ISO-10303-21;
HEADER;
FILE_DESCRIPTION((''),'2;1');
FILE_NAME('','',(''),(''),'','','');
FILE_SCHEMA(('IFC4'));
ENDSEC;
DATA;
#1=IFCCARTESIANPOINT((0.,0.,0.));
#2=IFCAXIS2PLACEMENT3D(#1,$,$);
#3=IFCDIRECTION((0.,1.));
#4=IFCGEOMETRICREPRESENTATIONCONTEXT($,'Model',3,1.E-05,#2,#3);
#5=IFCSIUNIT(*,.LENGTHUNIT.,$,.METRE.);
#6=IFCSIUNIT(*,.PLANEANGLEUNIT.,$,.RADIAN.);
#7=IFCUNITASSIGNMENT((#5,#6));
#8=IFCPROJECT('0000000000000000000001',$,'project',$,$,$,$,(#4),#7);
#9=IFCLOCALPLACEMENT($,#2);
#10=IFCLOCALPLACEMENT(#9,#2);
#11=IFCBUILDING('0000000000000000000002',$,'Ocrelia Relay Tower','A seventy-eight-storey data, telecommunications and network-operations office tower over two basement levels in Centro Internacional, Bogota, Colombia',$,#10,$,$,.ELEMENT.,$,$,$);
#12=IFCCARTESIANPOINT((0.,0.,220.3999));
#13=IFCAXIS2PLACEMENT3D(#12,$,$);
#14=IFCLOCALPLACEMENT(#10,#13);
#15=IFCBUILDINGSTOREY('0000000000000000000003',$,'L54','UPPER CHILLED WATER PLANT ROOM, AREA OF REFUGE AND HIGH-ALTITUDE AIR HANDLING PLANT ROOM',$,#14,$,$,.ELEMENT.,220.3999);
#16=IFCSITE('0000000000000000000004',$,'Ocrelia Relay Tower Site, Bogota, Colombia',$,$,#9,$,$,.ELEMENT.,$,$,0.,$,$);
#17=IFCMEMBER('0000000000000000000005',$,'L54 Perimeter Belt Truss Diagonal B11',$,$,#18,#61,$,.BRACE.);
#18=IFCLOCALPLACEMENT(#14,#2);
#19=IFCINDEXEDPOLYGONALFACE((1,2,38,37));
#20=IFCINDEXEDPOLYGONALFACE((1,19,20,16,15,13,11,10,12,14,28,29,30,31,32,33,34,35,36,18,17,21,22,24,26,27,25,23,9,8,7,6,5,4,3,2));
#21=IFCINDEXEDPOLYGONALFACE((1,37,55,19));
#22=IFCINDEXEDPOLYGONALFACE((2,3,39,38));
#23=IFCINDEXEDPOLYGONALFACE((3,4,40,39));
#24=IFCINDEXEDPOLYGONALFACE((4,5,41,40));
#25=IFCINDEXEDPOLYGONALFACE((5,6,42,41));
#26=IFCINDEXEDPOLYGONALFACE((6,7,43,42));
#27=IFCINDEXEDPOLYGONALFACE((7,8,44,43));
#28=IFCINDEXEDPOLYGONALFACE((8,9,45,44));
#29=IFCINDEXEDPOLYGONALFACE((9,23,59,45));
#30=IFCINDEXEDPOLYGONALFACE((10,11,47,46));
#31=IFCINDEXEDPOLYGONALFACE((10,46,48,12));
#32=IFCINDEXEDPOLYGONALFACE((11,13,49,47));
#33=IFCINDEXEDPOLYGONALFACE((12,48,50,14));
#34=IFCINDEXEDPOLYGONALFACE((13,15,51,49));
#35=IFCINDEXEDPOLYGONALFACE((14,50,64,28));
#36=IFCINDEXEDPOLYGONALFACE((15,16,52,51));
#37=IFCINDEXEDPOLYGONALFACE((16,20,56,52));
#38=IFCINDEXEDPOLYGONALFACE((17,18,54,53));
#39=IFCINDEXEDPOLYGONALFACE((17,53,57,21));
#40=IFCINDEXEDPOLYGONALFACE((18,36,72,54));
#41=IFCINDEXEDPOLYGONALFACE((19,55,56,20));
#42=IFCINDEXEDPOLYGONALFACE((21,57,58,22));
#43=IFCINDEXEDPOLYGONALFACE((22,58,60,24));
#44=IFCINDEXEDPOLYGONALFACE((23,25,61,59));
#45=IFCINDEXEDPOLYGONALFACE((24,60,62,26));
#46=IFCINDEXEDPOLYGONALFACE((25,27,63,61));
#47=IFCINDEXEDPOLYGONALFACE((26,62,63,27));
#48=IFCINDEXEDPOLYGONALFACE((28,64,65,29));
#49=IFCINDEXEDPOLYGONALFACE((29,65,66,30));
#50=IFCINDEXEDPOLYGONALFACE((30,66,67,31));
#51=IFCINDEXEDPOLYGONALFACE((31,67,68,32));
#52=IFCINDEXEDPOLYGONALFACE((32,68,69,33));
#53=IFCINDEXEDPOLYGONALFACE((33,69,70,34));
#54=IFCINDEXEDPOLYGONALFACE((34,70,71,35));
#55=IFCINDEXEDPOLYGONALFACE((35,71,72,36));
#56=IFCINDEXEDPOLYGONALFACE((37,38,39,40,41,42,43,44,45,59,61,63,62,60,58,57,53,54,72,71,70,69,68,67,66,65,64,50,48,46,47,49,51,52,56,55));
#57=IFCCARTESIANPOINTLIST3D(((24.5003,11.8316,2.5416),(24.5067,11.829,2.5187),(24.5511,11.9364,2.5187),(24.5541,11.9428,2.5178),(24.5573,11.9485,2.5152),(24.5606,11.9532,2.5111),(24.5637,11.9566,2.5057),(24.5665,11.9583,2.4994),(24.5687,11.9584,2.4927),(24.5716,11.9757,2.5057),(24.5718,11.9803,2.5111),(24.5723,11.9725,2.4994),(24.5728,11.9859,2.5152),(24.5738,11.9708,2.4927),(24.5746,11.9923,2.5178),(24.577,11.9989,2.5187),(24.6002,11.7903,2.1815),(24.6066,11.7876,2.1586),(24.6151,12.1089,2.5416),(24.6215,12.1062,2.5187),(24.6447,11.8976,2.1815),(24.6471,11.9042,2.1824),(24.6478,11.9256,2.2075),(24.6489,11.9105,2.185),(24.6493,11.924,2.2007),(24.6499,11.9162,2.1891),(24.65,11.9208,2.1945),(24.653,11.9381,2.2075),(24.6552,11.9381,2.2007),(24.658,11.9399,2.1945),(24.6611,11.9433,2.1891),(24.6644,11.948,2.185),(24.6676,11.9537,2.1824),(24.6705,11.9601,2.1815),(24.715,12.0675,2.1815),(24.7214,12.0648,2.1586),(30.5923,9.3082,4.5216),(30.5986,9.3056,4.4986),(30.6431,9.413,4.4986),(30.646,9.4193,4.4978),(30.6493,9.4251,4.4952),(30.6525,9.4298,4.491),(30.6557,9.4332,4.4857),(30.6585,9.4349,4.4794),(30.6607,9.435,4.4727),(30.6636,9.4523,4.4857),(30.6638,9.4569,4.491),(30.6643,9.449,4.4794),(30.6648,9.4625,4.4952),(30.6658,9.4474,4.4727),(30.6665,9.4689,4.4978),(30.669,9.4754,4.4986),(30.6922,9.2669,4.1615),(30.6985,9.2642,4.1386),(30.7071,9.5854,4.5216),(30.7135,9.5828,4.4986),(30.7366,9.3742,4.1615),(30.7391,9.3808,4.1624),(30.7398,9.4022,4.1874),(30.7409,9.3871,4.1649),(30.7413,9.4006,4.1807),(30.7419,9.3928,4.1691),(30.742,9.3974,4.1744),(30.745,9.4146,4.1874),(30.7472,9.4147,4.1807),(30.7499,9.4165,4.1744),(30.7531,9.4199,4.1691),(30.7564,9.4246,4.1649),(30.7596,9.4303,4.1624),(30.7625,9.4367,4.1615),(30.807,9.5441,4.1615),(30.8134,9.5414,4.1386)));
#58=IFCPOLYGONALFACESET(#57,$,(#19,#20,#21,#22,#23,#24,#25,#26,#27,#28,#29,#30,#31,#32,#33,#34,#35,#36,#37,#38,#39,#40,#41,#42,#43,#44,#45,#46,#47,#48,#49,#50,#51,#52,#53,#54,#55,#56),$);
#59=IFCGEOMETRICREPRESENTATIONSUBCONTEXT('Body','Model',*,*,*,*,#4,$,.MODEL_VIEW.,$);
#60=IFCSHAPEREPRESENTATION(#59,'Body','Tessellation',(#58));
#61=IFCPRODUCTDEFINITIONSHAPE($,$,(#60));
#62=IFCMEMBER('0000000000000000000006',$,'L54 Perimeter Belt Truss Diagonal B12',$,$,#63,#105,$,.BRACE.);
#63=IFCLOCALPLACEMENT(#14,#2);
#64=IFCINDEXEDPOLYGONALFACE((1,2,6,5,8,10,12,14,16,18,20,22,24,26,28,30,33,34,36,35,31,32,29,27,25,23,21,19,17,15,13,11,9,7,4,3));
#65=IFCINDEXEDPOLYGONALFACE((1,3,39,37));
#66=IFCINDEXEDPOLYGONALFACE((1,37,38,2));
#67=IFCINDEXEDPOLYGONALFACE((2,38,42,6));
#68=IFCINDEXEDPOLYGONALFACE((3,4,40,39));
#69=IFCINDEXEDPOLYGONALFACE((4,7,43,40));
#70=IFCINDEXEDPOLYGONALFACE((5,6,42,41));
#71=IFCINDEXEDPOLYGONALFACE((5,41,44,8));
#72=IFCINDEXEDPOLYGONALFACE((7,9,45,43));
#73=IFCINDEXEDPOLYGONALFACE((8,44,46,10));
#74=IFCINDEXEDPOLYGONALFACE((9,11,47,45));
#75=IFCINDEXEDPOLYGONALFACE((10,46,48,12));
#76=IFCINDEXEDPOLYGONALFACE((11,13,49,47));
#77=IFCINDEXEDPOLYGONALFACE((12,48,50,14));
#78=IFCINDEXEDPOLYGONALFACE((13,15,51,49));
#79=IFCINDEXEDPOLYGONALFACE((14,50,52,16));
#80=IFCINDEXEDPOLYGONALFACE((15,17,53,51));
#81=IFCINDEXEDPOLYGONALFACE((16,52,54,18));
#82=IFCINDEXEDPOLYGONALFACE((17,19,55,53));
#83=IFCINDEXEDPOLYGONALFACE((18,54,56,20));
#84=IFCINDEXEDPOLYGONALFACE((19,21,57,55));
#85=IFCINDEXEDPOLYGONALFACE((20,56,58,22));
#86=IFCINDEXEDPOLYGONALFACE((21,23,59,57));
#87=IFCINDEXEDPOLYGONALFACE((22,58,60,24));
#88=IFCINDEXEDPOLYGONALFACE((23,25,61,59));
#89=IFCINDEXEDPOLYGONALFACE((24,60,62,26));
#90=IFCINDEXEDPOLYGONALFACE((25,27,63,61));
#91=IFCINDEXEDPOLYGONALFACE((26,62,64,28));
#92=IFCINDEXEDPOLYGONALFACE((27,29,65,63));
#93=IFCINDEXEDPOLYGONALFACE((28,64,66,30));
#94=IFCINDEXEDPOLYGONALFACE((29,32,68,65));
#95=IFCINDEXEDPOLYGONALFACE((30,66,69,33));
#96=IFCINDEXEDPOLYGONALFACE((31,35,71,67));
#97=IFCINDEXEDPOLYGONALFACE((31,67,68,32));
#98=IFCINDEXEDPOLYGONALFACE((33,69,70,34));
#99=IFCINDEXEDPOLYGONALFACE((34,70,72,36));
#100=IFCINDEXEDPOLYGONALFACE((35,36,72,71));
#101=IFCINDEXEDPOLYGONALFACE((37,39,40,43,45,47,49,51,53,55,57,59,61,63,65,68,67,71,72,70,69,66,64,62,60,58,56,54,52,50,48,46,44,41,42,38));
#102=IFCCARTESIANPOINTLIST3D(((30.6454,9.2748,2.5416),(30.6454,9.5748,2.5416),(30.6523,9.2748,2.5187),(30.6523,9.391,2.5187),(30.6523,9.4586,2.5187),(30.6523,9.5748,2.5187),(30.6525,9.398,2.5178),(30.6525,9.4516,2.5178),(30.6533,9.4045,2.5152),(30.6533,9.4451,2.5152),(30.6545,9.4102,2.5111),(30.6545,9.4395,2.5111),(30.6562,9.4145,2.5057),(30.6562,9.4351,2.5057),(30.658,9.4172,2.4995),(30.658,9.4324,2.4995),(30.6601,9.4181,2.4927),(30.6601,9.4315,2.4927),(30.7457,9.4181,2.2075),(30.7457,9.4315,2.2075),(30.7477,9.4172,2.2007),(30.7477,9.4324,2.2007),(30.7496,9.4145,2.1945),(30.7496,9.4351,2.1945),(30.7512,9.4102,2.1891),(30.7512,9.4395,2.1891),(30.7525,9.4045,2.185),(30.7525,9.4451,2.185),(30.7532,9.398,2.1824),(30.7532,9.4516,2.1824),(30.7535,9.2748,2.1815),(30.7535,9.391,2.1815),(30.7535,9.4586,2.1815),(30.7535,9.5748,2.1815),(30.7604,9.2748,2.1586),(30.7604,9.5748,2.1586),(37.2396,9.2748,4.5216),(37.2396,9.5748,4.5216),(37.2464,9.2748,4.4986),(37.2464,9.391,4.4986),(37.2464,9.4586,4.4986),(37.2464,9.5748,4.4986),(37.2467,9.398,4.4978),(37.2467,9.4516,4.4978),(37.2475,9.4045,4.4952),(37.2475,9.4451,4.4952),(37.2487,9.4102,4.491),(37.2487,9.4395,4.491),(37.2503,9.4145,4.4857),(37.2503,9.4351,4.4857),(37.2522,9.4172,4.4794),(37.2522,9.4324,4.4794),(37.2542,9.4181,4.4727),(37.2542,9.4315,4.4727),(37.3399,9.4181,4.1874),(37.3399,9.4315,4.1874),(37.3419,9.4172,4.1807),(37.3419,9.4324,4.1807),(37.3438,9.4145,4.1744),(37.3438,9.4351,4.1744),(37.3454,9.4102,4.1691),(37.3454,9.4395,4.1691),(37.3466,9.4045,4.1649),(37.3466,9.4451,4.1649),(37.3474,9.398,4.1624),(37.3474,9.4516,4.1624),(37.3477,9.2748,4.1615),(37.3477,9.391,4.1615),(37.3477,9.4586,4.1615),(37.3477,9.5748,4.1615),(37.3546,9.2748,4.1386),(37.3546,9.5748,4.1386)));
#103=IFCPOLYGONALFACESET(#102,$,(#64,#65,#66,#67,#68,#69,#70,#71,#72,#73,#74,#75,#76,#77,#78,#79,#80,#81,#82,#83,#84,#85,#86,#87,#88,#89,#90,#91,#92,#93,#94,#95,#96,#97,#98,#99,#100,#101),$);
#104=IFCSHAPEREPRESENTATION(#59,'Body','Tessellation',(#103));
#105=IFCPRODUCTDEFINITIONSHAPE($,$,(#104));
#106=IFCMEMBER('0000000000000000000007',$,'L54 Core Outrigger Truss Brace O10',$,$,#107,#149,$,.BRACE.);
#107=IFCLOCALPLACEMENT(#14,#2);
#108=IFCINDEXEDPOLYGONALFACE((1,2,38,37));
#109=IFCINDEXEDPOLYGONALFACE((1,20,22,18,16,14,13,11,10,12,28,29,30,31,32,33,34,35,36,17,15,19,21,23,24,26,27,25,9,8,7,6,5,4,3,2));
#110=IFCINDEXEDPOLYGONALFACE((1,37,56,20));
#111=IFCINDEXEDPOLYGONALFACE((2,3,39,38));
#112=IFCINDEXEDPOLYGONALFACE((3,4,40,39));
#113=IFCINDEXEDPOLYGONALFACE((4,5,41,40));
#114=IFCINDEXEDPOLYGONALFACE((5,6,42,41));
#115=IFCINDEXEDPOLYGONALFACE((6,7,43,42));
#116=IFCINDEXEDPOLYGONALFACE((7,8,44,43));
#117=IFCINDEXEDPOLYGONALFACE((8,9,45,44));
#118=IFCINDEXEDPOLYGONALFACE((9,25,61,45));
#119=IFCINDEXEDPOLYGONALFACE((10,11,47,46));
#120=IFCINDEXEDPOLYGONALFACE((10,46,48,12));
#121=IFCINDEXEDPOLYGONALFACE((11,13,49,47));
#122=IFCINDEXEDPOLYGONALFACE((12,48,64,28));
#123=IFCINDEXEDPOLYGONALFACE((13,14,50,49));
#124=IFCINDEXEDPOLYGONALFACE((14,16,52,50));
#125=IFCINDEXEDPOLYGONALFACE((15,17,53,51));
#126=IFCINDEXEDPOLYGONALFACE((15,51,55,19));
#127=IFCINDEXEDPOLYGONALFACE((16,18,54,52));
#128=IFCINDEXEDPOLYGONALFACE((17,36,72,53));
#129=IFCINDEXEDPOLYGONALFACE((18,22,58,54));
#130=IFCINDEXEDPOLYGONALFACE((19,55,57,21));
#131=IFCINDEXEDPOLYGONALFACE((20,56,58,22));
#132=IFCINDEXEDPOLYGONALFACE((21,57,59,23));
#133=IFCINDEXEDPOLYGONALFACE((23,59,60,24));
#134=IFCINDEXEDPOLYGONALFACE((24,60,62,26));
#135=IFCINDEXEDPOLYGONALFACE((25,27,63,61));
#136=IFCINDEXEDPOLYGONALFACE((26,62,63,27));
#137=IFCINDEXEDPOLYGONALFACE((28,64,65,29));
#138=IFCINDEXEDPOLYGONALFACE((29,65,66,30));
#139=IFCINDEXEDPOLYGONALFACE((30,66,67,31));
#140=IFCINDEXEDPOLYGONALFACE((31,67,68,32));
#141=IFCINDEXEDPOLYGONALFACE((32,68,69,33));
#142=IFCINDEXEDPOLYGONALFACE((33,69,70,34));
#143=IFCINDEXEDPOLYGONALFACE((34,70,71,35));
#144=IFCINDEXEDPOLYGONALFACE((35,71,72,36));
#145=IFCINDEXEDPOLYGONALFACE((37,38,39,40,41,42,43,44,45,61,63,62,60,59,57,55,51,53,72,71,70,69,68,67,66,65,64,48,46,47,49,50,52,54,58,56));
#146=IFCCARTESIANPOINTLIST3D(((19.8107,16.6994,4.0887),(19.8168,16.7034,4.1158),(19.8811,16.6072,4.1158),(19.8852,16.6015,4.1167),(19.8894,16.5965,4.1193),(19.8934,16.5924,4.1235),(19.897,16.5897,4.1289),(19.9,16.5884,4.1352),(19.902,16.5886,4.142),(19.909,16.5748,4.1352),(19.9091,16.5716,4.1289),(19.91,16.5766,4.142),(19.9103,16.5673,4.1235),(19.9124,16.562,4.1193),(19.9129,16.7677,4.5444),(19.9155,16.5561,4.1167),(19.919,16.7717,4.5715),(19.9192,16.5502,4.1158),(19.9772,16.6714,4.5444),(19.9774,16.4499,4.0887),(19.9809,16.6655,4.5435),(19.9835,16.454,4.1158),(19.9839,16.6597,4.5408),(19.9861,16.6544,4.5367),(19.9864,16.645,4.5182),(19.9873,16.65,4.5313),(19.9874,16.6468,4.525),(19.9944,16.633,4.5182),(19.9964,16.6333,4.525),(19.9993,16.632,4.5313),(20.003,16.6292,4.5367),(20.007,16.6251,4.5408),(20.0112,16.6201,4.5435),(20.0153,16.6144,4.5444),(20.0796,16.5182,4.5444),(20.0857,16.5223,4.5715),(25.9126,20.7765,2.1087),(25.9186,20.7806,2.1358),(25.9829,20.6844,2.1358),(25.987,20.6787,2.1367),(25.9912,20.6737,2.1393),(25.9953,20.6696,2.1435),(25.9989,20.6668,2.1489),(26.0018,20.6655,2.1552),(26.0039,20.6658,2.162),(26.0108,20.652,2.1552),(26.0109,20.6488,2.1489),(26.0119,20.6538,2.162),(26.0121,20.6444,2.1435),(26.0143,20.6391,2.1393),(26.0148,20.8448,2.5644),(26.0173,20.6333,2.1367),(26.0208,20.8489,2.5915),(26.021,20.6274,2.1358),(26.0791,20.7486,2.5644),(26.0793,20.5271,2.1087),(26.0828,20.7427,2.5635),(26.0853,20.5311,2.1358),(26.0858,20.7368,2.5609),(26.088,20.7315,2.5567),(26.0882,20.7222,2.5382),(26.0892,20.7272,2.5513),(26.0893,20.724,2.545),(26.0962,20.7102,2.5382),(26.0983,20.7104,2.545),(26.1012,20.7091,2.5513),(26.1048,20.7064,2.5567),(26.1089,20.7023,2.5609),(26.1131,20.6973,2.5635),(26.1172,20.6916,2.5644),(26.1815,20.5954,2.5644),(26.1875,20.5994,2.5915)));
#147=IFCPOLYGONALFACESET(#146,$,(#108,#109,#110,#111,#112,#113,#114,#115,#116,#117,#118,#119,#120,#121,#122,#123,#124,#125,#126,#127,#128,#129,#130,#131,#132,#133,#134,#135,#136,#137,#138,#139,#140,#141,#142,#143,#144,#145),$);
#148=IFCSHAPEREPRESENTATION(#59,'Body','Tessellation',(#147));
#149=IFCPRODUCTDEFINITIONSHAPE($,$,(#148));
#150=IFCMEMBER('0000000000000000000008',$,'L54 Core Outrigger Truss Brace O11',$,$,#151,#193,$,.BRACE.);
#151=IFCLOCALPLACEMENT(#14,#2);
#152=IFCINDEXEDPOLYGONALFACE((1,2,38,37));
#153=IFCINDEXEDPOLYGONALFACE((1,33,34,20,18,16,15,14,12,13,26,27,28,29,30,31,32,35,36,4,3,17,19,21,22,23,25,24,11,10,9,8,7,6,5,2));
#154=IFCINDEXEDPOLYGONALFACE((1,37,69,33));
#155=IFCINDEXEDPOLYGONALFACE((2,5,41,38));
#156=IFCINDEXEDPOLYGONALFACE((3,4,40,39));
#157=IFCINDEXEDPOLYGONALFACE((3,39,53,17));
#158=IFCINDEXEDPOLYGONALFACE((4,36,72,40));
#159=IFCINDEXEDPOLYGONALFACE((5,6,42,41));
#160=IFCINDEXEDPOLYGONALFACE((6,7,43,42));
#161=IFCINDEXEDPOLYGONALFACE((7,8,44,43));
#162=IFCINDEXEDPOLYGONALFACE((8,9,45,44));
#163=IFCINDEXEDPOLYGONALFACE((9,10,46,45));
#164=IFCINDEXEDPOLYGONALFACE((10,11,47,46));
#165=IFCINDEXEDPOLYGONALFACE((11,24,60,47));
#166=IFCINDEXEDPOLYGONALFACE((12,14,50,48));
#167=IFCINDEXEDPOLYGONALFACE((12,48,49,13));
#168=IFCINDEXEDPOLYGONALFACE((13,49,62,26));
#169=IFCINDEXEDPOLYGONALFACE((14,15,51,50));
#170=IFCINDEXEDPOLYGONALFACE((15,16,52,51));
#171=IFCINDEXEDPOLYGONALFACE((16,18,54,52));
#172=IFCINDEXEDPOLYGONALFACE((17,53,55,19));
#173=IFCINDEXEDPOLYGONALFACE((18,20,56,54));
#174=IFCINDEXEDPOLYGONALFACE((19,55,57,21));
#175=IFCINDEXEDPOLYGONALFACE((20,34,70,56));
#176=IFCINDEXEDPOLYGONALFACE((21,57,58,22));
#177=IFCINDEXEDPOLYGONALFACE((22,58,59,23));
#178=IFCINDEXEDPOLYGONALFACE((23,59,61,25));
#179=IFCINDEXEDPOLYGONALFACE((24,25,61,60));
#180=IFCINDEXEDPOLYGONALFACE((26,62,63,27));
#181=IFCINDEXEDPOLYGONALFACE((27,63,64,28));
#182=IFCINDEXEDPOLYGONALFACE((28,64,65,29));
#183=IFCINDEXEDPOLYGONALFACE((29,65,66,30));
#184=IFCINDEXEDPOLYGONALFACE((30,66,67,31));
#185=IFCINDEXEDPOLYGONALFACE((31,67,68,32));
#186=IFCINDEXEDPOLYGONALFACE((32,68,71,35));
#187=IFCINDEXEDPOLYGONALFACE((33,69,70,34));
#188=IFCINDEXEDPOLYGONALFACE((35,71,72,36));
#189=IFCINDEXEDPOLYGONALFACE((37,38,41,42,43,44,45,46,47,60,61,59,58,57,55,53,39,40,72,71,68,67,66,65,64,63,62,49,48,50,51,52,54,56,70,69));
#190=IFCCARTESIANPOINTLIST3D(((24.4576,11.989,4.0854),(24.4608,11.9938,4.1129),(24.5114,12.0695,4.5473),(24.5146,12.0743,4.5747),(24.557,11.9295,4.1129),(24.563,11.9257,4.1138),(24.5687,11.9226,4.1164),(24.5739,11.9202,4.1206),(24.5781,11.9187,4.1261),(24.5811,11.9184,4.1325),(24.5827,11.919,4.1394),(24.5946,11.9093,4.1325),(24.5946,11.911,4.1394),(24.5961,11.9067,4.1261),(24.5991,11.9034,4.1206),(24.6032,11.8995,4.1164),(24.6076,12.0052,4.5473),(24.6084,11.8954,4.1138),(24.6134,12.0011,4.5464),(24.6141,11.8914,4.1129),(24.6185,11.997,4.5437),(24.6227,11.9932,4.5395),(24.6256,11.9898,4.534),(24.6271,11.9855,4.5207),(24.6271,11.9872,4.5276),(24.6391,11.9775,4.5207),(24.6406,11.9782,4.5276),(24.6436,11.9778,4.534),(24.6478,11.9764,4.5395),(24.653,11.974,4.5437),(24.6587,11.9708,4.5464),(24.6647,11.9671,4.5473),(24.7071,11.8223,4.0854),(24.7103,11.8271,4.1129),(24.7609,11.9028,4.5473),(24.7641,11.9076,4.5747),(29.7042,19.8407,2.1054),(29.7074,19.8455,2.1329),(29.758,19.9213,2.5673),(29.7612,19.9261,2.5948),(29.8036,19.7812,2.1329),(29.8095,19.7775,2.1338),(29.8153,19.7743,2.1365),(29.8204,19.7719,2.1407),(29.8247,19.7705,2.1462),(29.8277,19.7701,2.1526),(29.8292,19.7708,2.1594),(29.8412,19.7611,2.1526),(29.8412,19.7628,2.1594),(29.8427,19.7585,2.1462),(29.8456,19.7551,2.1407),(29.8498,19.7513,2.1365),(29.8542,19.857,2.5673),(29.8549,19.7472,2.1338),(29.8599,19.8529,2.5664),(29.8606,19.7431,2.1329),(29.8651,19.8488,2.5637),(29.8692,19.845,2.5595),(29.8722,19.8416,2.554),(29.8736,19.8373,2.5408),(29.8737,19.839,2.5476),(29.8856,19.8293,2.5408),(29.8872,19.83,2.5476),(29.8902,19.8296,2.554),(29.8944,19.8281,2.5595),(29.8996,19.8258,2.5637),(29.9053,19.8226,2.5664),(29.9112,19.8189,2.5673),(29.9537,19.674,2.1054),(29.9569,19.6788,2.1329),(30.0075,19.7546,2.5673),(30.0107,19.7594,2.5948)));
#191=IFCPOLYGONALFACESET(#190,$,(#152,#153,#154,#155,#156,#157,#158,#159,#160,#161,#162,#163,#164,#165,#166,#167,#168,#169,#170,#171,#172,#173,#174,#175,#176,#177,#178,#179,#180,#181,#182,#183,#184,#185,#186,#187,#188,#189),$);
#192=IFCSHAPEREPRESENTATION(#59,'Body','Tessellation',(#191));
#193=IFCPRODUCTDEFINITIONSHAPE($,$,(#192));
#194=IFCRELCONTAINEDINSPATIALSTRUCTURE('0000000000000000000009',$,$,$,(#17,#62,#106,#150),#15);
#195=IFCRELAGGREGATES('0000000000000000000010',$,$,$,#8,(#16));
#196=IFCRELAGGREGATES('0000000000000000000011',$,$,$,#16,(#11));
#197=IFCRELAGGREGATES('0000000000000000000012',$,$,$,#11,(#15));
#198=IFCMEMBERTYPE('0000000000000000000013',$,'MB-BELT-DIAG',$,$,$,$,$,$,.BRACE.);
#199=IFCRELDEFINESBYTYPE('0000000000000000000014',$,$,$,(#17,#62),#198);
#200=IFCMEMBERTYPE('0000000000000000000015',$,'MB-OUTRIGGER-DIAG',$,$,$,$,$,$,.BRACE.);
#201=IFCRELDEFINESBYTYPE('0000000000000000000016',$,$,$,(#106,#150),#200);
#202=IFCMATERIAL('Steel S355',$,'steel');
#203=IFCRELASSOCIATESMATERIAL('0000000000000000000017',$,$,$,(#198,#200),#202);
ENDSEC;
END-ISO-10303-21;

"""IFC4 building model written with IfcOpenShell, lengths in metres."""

from ifc_helpers import new_model, si_unit, direction, frame, origin, origin_2d, place, context, subcontext, project, spatial, i_section, extrude, material, material_profile, profile_set, type_object, element, save


model = new_model("IFC4")

# Units and contexts
model_context = context("Model", 3, precision=1e-05, world=origin(), true_north=direction((0.0, 1.0)))
body_context = subcontext(model_context, "Body", "Model", "MODEL_VIEW")
ifc_project = project(units=[si_unit("LENGTHUNIT", "METRE"), si_unit("PLANEANGLEUNIT", "RADIAN")], contexts=[model_context])

# Site, building, storey
site_placement = place(None, origin())
site = spatial("IfcSite", under=ifc_project, at=site_placement, Name="Ocrelia Relay Tower Site, Bogota, Colombia", CompositionType="ELEMENT", RefElevation=0.0)
building_placement = place(site_placement, origin())
building = spatial("IfcBuilding", under=site, at=building_placement, Name="Ocrelia Relay Tower", Description="A seventy-eight-storey data, telecommunications and network-operations office tower over two basement levels in Centro Internacional, Bogota, Colombia", CompositionType="ELEMENT")
storey_placement = place(building_placement, frame((0.0, 0.0, 220.3999)))
storey = spatial("IfcBuildingStorey", under=building, at=storey_placement, Name="L54", Description="UPPER CHILLED WATER PLANT ROOM, AREA OF REFUGE AND HIGH-ALTITUDE AIR HANDLING PLANT ROOM", CompositionType="ELEMENT", Elevation=220.3999)

# Shared definitions
ifc_material_1 = material(Name="Steel S355", Category="steel")

# Members
ifc_material_profile_1 = material_profile(ifc_material_1, i_section(OverallWidth=0.3, OverallDepth=0.3999, WebThickness=0.0134, FlangeThickness=0.0239, FilletRadius=0.0271, at=origin_2d()), Name="HEB 400")
ifc_profile_set_1 = profile_set([ifc_material_profile_1], Name="Steel S355")
member_type_1 = type_object("IfcMemberType", Name="MB-BELT-DIAG", PredefinedType="BRACE", material=ifc_profile_set_1)
member_1_placement = place(storey_placement, frame((24.6108, 11.9482, 2.3501), z_axis=(0.884849, -0.366521, 0.287586), x_axis=(0.382688, 0.923878, 0.0)))
element("IfcMember", 1, at=member_1_placement, inside=storey, type_object=member_type_1, Name="L54 Perimeter Belt Truss Diagonal B11", PredefinedType="BRACE", context=body_context, shape_type="SweptSolid", body=[
    extrude(i_section(OverallWidth=0.3, OverallDepth=0.3999, WebThickness=0.0134, FlangeThickness=0.0239, FilletRadius=0.0271, at=origin_2d()), origin(), (0.0, 0.0, 1.0), 6.8848),
])
member_2_placement = place(storey_placement, frame((30.7029, 9.4248, 2.3501), z_axis=(0.957758, 0.0, 0.287576), x_axis=(0.0, 1.0, 0.0)))
element("IfcMember", 2, at=member_2_placement, inside=storey, type_object=member_type_1, Name="L54 Perimeter Belt Truss Diagonal B12", PredefinedType="BRACE", context=body_context, shape_type="SweptSolid", body=[
    extrude(i_section(OverallWidth=0.3, OverallDepth=0.3999, WebThickness=0.0134, FlangeThickness=0.0239, FilletRadius=0.0271, at=origin_2d()), origin(), (0.0, 0.0, 1.0), 6.885),
])
ifc_material_profile_2 = material_profile(ifc_material_1, i_section(OverallWidth=0.3, OverallDepth=0.5, WebThickness=0.0144, FlangeThickness=0.0281, FilletRadius=0.0271, at=origin_2d()), Name="HEB 500")
ifc_profile_set_2 = profile_set([ifc_material_profile_2], Name="Steel S355")
member_type_2 = type_object("IfcMemberType", Name="MB-OUTRIGGER-DIAG", PredefinedType="BRACE", material=ifc_profile_set_2)
member_3_placement = place(storey_placement, frame((26.05, 20.688, 2.3501), z_axis=(-0.802762, -0.536395, 0.260489), x_axis=(0.555575, -0.831466, 0.0)))
element("IfcMember", 3, at=member_3_placement, inside=storey, type_object=member_type_2, Name="L54 Core Outrigger Truss Brace O10", PredefinedType="BRACE", context=body_context, shape_type="SweptSolid", body=[
    extrude(i_section(OverallWidth=0.3, OverallDepth=0.5, WebThickness=0.0144, FlangeThickness=0.0281, FilletRadius=0.0271, at=origin_2d()), origin(), (0.0, 0.0, 1.0), 7.6011),
])
member_4_placement = place(storey_placement, frame((29.8574, 19.8, 2.3501), z_axis=(-0.543759, -0.813767, 0.205207), x_axis=(0.831461, -0.555583, 0.0)))
element("IfcMember", 4, at=member_4_placement, inside=storey, type_object=member_type_2, Name="L54 Core Outrigger Truss Brace O11", PredefinedType="BRACE", context=body_context, shape_type="SweptSolid", body=[
    extrude(i_section(OverallWidth=0.3, OverallDepth=0.5, WebThickness=0.0144, FlangeThickness=0.0281, FilletRadius=0.0271, at=origin_2d()), origin(), (0.0, 0.0, 1.0), 9.6487),
])

save(model, "model.ifc")
